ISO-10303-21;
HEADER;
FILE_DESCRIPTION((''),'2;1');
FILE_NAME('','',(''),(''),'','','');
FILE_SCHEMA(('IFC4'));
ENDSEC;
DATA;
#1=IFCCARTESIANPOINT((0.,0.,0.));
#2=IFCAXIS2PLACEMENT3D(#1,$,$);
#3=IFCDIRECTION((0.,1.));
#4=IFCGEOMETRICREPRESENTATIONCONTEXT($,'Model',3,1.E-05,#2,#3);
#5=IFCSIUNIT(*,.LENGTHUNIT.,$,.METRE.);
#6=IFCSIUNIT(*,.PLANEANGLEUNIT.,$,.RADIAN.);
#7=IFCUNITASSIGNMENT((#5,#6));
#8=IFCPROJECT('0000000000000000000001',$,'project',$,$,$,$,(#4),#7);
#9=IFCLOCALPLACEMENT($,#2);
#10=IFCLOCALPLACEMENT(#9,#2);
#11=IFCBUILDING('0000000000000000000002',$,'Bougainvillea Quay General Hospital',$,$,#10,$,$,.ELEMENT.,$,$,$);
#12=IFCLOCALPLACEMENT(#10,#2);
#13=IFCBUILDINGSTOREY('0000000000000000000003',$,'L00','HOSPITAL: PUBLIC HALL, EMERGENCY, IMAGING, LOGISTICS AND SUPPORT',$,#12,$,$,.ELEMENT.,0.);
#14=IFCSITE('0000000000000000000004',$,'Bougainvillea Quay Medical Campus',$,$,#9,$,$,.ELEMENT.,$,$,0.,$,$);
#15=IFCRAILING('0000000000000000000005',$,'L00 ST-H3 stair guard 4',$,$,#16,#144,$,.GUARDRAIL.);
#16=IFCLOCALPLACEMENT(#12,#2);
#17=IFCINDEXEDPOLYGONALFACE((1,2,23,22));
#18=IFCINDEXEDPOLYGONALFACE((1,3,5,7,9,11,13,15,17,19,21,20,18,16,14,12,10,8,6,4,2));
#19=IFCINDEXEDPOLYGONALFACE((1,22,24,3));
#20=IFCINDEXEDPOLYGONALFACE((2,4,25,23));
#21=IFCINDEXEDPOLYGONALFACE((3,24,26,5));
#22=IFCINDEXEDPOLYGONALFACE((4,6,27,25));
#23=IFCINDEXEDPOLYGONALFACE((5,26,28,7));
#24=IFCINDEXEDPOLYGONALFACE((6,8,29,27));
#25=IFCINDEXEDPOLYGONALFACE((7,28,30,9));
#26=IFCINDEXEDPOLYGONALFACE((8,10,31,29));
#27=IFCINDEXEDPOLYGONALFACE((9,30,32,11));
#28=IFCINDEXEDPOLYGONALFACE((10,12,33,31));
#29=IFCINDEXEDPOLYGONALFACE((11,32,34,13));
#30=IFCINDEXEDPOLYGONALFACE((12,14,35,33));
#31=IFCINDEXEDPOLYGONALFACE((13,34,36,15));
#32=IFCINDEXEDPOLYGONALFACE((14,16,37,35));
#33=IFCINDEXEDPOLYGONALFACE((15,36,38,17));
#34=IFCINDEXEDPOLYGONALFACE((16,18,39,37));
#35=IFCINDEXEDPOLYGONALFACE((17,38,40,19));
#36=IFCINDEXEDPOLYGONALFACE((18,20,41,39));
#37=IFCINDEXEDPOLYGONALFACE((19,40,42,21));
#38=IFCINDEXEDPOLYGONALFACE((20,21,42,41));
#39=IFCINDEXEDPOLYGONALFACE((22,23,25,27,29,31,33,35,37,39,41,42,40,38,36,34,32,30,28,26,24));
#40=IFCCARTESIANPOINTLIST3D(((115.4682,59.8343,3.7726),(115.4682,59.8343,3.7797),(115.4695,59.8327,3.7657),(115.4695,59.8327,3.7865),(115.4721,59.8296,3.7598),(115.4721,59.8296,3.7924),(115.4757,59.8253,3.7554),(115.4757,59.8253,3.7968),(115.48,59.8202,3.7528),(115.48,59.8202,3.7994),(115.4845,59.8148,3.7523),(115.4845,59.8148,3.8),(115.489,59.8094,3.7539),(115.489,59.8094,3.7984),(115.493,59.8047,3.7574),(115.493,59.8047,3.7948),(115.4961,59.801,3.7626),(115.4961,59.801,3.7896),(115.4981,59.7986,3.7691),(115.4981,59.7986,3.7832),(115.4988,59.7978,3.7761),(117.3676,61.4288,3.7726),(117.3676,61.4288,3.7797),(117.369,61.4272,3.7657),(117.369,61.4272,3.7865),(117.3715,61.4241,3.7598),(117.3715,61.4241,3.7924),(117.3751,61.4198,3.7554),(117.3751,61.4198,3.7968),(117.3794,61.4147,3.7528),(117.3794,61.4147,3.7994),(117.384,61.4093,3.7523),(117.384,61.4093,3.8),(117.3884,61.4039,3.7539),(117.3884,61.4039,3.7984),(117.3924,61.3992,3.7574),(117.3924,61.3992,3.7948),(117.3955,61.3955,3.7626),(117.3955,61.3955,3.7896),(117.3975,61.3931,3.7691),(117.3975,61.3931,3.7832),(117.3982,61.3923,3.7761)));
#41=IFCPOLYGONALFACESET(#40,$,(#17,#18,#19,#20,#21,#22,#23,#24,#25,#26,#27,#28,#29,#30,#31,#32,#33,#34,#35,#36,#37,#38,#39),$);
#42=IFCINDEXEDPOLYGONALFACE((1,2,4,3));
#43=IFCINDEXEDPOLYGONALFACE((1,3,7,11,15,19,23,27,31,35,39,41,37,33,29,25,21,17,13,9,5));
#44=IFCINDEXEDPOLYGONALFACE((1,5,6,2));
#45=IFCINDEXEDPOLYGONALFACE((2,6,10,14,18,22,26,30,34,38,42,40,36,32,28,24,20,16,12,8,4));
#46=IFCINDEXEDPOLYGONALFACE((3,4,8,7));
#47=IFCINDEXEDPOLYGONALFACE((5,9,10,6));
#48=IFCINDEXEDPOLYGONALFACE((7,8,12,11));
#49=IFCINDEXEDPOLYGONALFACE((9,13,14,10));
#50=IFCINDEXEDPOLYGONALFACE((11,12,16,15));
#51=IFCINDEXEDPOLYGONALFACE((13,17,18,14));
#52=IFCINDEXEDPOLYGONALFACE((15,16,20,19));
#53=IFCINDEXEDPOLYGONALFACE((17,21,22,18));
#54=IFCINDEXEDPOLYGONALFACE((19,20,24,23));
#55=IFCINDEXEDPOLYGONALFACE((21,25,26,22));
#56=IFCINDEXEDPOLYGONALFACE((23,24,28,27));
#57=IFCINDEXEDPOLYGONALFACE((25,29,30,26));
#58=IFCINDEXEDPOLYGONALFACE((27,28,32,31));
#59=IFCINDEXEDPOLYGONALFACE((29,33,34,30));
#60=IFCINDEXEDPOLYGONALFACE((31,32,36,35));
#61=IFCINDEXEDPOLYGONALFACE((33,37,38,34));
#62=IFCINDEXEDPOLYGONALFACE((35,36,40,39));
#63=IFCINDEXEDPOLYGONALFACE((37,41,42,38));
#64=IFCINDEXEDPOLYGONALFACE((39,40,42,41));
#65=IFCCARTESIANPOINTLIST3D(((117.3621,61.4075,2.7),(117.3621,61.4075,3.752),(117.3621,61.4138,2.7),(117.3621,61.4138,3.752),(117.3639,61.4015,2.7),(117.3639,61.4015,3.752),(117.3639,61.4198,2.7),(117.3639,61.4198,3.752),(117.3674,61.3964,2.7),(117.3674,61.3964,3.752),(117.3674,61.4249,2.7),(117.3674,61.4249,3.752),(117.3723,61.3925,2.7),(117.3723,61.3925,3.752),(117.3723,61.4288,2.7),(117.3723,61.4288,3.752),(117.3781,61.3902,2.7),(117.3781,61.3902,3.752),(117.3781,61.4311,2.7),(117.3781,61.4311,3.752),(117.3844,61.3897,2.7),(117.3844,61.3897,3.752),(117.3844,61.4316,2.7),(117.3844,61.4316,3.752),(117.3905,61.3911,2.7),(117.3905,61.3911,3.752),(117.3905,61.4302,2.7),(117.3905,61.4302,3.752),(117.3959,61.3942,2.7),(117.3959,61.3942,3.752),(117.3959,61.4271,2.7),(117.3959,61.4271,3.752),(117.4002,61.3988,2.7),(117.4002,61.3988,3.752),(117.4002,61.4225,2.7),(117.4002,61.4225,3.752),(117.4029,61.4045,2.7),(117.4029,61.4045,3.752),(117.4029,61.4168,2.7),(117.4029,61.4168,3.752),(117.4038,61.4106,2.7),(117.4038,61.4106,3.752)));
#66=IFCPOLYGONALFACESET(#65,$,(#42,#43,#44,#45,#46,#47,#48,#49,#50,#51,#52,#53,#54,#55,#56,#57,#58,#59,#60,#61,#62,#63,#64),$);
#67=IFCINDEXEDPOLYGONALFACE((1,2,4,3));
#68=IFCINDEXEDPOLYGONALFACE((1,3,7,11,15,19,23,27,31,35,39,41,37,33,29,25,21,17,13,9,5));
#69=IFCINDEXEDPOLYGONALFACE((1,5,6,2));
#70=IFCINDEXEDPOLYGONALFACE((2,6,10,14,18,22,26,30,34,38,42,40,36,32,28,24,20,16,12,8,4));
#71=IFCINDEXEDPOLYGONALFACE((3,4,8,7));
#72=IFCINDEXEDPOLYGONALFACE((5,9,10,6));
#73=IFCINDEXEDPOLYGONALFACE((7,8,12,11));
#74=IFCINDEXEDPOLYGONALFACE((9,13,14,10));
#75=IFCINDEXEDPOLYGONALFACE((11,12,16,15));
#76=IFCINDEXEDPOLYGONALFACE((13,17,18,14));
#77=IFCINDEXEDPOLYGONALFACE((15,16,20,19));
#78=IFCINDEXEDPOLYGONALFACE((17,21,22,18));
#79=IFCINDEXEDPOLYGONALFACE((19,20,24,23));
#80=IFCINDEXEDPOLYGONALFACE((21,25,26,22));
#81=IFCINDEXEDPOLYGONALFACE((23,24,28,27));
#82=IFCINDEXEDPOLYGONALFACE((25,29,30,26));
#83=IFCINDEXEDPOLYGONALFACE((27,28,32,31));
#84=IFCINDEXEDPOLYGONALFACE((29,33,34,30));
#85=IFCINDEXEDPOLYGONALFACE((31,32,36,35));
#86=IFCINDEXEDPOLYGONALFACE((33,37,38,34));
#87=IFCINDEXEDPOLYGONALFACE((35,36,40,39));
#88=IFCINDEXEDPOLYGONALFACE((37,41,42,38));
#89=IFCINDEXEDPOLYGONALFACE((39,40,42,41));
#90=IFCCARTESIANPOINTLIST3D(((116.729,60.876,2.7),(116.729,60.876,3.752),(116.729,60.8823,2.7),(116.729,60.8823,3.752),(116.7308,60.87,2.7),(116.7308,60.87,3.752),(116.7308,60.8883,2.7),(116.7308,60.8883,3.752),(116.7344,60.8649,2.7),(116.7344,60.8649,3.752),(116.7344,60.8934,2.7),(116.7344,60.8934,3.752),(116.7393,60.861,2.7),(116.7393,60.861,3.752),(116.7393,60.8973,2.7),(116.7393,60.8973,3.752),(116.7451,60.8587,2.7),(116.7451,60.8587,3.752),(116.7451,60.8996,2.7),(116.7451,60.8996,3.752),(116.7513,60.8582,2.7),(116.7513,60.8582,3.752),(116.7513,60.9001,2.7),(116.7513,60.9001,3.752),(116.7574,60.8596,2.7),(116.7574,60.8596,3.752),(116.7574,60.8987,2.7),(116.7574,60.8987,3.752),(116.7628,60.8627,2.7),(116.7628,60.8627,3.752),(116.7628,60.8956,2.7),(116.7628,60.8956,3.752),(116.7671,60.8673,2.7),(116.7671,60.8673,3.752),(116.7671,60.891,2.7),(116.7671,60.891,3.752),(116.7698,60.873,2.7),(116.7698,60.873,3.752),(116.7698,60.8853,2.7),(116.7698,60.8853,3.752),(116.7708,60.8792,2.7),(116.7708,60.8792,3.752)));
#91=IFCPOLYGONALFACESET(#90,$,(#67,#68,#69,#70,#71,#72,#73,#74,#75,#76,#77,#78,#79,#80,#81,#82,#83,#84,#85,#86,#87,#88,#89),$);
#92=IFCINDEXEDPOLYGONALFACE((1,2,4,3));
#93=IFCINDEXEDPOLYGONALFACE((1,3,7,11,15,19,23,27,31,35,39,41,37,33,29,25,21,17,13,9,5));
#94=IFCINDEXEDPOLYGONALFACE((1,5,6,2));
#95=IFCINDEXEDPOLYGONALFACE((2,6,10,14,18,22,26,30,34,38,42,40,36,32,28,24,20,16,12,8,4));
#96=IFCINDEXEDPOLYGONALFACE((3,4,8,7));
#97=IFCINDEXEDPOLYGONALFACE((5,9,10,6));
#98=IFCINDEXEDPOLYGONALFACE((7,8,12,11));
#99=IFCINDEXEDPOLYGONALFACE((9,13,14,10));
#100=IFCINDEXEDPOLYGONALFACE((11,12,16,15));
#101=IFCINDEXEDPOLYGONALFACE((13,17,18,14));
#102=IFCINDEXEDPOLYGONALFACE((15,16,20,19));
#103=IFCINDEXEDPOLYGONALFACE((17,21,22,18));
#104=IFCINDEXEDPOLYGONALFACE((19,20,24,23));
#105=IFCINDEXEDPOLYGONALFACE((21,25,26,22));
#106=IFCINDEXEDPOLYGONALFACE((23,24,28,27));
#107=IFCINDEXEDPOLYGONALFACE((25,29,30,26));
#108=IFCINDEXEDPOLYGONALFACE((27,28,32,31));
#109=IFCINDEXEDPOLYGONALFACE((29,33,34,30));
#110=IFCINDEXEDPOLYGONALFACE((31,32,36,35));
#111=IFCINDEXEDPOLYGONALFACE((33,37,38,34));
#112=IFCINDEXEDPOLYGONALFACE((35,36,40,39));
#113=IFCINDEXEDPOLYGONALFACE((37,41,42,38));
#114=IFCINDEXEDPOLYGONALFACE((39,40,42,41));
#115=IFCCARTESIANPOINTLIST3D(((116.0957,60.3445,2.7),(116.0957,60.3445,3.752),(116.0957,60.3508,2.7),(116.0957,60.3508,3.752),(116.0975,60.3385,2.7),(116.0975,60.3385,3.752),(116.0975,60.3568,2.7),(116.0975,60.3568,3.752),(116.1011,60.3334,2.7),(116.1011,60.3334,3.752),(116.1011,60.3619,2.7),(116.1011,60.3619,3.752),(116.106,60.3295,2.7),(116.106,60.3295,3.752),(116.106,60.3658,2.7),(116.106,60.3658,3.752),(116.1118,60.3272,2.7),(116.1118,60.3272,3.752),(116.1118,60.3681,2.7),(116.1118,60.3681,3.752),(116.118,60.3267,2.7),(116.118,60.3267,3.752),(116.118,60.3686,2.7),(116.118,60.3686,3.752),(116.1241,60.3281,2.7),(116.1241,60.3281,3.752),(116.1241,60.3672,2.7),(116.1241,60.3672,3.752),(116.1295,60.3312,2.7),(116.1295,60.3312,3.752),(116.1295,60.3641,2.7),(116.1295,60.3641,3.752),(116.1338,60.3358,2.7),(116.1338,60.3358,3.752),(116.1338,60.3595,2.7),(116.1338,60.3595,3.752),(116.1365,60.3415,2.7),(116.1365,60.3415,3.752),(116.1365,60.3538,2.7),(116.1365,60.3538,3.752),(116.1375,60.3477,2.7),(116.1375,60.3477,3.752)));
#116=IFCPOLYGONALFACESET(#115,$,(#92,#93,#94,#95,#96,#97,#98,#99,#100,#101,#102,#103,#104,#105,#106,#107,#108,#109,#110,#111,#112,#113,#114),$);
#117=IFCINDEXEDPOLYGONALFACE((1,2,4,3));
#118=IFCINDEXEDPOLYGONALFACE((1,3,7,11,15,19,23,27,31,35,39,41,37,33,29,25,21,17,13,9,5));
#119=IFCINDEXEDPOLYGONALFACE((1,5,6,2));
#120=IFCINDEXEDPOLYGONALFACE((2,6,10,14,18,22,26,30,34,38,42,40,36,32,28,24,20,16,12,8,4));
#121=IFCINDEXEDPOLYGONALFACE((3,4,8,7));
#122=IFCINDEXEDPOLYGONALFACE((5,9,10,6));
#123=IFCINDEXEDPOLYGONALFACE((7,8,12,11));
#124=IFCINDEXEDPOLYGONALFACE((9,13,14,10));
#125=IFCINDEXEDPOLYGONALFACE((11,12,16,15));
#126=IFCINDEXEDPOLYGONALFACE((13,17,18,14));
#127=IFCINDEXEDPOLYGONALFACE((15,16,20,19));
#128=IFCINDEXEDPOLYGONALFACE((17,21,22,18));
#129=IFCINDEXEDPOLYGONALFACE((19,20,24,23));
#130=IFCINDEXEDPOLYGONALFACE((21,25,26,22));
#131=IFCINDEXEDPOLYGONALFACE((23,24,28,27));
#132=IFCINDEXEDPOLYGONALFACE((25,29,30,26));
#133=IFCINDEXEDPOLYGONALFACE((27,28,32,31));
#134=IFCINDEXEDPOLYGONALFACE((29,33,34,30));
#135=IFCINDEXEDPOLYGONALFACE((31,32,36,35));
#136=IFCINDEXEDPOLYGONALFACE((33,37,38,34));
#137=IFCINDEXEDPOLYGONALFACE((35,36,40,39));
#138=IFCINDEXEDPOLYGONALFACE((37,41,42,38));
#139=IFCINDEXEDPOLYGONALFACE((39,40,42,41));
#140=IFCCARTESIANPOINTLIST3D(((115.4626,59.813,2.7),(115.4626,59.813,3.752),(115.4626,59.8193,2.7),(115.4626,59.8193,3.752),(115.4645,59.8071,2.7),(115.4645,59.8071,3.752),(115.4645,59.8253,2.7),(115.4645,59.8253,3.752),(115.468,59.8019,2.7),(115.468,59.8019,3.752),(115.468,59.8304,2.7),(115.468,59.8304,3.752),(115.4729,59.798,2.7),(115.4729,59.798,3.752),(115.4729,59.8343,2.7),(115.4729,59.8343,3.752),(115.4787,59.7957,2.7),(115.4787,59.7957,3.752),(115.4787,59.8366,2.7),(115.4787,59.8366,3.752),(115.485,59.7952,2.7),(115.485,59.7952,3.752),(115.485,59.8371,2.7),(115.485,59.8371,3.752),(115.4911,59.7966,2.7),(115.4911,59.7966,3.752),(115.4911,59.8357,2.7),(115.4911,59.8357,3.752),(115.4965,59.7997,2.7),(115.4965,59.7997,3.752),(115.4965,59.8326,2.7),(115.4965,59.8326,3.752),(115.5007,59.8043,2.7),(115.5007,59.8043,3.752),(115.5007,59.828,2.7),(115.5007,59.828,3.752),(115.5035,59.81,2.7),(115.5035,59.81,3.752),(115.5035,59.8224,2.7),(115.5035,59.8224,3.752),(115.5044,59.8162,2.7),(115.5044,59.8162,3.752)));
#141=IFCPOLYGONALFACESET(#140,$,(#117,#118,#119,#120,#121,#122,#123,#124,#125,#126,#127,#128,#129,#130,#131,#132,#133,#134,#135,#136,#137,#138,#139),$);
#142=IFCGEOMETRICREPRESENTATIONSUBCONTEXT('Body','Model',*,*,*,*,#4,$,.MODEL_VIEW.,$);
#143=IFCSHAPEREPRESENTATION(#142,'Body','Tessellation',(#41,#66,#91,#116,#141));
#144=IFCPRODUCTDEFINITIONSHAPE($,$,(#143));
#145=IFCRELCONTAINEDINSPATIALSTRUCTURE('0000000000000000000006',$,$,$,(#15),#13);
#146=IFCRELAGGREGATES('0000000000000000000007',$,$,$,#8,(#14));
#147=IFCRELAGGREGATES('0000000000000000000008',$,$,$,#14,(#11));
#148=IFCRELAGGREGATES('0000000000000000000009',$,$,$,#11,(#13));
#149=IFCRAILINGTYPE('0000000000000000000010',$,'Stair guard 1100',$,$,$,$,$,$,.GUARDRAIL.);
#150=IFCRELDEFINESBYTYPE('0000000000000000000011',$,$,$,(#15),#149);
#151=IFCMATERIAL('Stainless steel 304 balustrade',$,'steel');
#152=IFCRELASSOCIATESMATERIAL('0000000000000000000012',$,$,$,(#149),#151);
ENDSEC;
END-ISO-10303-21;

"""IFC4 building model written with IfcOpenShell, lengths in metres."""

from ifc_helpers import new_model, si_unit, direction, frame, origin, origin_2d, place, context, subcontext, project, spatial, circle, extrude, material, type_object, element, save


model = new_model("IFC4")

# Units and contexts
model_context = context("Model", 3, precision=1e-05, world=origin(), true_north=direction((0.0, 1.0)))
body_context = subcontext(model_context, "Body", "Model", "MODEL_VIEW")
ifc_project = project(units=[si_unit("LENGTHUNIT", "METRE"), si_unit("PLANEANGLEUNIT", "RADIAN")], contexts=[model_context])

# Site, building, storey
site_placement = place(None, origin())
site = spatial("IfcSite", under=ifc_project, at=site_placement, Name="Bougainvillea Quay Medical Campus", CompositionType="ELEMENT", RefElevation=0.0)
building_placement = place(site_placement, origin())
building = spatial("IfcBuilding", under=site, at=building_placement, Name="Bougainvillea Quay General Hospital", CompositionType="ELEMENT")
storey_placement = place(building_placement, origin())
storey = spatial("IfcBuildingStorey", under=building, at=storey_placement, Name="L00", Description="HOSPITAL: PUBLIC HALL, EMERGENCY, IMAGING, LOGISTICS AND SUPPORT", CompositionType="ELEMENT", Elevation=0.0)

# Railing
ifc_material_1 = material(Name="Stainless steel 304 balustrade", Category="steel")
railing_type_1 = type_object("IfcRailingType", Name="Stair guard 1100", PredefinedType="GUARDRAIL", material=ifc_material_1)
railing_1_placement = place(storey_placement, frame((117.3828, 61.4106, 2.7)))
element("IfcRailing", 1, at=railing_1_placement, inside=storey, type_object=railing_type_1, Name="L00 ST-H3 stair guard 4", PredefinedType="GUARDRAIL", context=body_context, shape_type="SweptSolid", body=[
    extrude(circle(Radius=0.0239, at=origin_2d()), frame((0.0, 0.0, 1.0762), z_axis=(-0.765908, -0.64295, 0.0), x_axis=(0.64295, -0.765908, 0.0)), (0.0, 0.0, 1.0), 2.48),
    extrude(circle(Radius=0.021, at=origin_2d()), origin(), (0.0, 0.0, 1.0), 1.052),
    extrude(circle(Radius=0.021, at=origin_2d()), frame((-0.6331, -0.5315, 0.0)), (0.0, 0.0, 1.0), 1.052),
    extrude(circle(Radius=0.021, at=origin_2d()), frame((-1.2664, -1.063, 0.0)), (0.0, 0.0, 1.0), 1.052),
    extrude(circle(Radius=0.021, at=origin_2d()), frame((-1.8994, -1.5945, 0.0)), (0.0, 0.0, 1.0), 1.052),
])

save(model, "model.ifc")
